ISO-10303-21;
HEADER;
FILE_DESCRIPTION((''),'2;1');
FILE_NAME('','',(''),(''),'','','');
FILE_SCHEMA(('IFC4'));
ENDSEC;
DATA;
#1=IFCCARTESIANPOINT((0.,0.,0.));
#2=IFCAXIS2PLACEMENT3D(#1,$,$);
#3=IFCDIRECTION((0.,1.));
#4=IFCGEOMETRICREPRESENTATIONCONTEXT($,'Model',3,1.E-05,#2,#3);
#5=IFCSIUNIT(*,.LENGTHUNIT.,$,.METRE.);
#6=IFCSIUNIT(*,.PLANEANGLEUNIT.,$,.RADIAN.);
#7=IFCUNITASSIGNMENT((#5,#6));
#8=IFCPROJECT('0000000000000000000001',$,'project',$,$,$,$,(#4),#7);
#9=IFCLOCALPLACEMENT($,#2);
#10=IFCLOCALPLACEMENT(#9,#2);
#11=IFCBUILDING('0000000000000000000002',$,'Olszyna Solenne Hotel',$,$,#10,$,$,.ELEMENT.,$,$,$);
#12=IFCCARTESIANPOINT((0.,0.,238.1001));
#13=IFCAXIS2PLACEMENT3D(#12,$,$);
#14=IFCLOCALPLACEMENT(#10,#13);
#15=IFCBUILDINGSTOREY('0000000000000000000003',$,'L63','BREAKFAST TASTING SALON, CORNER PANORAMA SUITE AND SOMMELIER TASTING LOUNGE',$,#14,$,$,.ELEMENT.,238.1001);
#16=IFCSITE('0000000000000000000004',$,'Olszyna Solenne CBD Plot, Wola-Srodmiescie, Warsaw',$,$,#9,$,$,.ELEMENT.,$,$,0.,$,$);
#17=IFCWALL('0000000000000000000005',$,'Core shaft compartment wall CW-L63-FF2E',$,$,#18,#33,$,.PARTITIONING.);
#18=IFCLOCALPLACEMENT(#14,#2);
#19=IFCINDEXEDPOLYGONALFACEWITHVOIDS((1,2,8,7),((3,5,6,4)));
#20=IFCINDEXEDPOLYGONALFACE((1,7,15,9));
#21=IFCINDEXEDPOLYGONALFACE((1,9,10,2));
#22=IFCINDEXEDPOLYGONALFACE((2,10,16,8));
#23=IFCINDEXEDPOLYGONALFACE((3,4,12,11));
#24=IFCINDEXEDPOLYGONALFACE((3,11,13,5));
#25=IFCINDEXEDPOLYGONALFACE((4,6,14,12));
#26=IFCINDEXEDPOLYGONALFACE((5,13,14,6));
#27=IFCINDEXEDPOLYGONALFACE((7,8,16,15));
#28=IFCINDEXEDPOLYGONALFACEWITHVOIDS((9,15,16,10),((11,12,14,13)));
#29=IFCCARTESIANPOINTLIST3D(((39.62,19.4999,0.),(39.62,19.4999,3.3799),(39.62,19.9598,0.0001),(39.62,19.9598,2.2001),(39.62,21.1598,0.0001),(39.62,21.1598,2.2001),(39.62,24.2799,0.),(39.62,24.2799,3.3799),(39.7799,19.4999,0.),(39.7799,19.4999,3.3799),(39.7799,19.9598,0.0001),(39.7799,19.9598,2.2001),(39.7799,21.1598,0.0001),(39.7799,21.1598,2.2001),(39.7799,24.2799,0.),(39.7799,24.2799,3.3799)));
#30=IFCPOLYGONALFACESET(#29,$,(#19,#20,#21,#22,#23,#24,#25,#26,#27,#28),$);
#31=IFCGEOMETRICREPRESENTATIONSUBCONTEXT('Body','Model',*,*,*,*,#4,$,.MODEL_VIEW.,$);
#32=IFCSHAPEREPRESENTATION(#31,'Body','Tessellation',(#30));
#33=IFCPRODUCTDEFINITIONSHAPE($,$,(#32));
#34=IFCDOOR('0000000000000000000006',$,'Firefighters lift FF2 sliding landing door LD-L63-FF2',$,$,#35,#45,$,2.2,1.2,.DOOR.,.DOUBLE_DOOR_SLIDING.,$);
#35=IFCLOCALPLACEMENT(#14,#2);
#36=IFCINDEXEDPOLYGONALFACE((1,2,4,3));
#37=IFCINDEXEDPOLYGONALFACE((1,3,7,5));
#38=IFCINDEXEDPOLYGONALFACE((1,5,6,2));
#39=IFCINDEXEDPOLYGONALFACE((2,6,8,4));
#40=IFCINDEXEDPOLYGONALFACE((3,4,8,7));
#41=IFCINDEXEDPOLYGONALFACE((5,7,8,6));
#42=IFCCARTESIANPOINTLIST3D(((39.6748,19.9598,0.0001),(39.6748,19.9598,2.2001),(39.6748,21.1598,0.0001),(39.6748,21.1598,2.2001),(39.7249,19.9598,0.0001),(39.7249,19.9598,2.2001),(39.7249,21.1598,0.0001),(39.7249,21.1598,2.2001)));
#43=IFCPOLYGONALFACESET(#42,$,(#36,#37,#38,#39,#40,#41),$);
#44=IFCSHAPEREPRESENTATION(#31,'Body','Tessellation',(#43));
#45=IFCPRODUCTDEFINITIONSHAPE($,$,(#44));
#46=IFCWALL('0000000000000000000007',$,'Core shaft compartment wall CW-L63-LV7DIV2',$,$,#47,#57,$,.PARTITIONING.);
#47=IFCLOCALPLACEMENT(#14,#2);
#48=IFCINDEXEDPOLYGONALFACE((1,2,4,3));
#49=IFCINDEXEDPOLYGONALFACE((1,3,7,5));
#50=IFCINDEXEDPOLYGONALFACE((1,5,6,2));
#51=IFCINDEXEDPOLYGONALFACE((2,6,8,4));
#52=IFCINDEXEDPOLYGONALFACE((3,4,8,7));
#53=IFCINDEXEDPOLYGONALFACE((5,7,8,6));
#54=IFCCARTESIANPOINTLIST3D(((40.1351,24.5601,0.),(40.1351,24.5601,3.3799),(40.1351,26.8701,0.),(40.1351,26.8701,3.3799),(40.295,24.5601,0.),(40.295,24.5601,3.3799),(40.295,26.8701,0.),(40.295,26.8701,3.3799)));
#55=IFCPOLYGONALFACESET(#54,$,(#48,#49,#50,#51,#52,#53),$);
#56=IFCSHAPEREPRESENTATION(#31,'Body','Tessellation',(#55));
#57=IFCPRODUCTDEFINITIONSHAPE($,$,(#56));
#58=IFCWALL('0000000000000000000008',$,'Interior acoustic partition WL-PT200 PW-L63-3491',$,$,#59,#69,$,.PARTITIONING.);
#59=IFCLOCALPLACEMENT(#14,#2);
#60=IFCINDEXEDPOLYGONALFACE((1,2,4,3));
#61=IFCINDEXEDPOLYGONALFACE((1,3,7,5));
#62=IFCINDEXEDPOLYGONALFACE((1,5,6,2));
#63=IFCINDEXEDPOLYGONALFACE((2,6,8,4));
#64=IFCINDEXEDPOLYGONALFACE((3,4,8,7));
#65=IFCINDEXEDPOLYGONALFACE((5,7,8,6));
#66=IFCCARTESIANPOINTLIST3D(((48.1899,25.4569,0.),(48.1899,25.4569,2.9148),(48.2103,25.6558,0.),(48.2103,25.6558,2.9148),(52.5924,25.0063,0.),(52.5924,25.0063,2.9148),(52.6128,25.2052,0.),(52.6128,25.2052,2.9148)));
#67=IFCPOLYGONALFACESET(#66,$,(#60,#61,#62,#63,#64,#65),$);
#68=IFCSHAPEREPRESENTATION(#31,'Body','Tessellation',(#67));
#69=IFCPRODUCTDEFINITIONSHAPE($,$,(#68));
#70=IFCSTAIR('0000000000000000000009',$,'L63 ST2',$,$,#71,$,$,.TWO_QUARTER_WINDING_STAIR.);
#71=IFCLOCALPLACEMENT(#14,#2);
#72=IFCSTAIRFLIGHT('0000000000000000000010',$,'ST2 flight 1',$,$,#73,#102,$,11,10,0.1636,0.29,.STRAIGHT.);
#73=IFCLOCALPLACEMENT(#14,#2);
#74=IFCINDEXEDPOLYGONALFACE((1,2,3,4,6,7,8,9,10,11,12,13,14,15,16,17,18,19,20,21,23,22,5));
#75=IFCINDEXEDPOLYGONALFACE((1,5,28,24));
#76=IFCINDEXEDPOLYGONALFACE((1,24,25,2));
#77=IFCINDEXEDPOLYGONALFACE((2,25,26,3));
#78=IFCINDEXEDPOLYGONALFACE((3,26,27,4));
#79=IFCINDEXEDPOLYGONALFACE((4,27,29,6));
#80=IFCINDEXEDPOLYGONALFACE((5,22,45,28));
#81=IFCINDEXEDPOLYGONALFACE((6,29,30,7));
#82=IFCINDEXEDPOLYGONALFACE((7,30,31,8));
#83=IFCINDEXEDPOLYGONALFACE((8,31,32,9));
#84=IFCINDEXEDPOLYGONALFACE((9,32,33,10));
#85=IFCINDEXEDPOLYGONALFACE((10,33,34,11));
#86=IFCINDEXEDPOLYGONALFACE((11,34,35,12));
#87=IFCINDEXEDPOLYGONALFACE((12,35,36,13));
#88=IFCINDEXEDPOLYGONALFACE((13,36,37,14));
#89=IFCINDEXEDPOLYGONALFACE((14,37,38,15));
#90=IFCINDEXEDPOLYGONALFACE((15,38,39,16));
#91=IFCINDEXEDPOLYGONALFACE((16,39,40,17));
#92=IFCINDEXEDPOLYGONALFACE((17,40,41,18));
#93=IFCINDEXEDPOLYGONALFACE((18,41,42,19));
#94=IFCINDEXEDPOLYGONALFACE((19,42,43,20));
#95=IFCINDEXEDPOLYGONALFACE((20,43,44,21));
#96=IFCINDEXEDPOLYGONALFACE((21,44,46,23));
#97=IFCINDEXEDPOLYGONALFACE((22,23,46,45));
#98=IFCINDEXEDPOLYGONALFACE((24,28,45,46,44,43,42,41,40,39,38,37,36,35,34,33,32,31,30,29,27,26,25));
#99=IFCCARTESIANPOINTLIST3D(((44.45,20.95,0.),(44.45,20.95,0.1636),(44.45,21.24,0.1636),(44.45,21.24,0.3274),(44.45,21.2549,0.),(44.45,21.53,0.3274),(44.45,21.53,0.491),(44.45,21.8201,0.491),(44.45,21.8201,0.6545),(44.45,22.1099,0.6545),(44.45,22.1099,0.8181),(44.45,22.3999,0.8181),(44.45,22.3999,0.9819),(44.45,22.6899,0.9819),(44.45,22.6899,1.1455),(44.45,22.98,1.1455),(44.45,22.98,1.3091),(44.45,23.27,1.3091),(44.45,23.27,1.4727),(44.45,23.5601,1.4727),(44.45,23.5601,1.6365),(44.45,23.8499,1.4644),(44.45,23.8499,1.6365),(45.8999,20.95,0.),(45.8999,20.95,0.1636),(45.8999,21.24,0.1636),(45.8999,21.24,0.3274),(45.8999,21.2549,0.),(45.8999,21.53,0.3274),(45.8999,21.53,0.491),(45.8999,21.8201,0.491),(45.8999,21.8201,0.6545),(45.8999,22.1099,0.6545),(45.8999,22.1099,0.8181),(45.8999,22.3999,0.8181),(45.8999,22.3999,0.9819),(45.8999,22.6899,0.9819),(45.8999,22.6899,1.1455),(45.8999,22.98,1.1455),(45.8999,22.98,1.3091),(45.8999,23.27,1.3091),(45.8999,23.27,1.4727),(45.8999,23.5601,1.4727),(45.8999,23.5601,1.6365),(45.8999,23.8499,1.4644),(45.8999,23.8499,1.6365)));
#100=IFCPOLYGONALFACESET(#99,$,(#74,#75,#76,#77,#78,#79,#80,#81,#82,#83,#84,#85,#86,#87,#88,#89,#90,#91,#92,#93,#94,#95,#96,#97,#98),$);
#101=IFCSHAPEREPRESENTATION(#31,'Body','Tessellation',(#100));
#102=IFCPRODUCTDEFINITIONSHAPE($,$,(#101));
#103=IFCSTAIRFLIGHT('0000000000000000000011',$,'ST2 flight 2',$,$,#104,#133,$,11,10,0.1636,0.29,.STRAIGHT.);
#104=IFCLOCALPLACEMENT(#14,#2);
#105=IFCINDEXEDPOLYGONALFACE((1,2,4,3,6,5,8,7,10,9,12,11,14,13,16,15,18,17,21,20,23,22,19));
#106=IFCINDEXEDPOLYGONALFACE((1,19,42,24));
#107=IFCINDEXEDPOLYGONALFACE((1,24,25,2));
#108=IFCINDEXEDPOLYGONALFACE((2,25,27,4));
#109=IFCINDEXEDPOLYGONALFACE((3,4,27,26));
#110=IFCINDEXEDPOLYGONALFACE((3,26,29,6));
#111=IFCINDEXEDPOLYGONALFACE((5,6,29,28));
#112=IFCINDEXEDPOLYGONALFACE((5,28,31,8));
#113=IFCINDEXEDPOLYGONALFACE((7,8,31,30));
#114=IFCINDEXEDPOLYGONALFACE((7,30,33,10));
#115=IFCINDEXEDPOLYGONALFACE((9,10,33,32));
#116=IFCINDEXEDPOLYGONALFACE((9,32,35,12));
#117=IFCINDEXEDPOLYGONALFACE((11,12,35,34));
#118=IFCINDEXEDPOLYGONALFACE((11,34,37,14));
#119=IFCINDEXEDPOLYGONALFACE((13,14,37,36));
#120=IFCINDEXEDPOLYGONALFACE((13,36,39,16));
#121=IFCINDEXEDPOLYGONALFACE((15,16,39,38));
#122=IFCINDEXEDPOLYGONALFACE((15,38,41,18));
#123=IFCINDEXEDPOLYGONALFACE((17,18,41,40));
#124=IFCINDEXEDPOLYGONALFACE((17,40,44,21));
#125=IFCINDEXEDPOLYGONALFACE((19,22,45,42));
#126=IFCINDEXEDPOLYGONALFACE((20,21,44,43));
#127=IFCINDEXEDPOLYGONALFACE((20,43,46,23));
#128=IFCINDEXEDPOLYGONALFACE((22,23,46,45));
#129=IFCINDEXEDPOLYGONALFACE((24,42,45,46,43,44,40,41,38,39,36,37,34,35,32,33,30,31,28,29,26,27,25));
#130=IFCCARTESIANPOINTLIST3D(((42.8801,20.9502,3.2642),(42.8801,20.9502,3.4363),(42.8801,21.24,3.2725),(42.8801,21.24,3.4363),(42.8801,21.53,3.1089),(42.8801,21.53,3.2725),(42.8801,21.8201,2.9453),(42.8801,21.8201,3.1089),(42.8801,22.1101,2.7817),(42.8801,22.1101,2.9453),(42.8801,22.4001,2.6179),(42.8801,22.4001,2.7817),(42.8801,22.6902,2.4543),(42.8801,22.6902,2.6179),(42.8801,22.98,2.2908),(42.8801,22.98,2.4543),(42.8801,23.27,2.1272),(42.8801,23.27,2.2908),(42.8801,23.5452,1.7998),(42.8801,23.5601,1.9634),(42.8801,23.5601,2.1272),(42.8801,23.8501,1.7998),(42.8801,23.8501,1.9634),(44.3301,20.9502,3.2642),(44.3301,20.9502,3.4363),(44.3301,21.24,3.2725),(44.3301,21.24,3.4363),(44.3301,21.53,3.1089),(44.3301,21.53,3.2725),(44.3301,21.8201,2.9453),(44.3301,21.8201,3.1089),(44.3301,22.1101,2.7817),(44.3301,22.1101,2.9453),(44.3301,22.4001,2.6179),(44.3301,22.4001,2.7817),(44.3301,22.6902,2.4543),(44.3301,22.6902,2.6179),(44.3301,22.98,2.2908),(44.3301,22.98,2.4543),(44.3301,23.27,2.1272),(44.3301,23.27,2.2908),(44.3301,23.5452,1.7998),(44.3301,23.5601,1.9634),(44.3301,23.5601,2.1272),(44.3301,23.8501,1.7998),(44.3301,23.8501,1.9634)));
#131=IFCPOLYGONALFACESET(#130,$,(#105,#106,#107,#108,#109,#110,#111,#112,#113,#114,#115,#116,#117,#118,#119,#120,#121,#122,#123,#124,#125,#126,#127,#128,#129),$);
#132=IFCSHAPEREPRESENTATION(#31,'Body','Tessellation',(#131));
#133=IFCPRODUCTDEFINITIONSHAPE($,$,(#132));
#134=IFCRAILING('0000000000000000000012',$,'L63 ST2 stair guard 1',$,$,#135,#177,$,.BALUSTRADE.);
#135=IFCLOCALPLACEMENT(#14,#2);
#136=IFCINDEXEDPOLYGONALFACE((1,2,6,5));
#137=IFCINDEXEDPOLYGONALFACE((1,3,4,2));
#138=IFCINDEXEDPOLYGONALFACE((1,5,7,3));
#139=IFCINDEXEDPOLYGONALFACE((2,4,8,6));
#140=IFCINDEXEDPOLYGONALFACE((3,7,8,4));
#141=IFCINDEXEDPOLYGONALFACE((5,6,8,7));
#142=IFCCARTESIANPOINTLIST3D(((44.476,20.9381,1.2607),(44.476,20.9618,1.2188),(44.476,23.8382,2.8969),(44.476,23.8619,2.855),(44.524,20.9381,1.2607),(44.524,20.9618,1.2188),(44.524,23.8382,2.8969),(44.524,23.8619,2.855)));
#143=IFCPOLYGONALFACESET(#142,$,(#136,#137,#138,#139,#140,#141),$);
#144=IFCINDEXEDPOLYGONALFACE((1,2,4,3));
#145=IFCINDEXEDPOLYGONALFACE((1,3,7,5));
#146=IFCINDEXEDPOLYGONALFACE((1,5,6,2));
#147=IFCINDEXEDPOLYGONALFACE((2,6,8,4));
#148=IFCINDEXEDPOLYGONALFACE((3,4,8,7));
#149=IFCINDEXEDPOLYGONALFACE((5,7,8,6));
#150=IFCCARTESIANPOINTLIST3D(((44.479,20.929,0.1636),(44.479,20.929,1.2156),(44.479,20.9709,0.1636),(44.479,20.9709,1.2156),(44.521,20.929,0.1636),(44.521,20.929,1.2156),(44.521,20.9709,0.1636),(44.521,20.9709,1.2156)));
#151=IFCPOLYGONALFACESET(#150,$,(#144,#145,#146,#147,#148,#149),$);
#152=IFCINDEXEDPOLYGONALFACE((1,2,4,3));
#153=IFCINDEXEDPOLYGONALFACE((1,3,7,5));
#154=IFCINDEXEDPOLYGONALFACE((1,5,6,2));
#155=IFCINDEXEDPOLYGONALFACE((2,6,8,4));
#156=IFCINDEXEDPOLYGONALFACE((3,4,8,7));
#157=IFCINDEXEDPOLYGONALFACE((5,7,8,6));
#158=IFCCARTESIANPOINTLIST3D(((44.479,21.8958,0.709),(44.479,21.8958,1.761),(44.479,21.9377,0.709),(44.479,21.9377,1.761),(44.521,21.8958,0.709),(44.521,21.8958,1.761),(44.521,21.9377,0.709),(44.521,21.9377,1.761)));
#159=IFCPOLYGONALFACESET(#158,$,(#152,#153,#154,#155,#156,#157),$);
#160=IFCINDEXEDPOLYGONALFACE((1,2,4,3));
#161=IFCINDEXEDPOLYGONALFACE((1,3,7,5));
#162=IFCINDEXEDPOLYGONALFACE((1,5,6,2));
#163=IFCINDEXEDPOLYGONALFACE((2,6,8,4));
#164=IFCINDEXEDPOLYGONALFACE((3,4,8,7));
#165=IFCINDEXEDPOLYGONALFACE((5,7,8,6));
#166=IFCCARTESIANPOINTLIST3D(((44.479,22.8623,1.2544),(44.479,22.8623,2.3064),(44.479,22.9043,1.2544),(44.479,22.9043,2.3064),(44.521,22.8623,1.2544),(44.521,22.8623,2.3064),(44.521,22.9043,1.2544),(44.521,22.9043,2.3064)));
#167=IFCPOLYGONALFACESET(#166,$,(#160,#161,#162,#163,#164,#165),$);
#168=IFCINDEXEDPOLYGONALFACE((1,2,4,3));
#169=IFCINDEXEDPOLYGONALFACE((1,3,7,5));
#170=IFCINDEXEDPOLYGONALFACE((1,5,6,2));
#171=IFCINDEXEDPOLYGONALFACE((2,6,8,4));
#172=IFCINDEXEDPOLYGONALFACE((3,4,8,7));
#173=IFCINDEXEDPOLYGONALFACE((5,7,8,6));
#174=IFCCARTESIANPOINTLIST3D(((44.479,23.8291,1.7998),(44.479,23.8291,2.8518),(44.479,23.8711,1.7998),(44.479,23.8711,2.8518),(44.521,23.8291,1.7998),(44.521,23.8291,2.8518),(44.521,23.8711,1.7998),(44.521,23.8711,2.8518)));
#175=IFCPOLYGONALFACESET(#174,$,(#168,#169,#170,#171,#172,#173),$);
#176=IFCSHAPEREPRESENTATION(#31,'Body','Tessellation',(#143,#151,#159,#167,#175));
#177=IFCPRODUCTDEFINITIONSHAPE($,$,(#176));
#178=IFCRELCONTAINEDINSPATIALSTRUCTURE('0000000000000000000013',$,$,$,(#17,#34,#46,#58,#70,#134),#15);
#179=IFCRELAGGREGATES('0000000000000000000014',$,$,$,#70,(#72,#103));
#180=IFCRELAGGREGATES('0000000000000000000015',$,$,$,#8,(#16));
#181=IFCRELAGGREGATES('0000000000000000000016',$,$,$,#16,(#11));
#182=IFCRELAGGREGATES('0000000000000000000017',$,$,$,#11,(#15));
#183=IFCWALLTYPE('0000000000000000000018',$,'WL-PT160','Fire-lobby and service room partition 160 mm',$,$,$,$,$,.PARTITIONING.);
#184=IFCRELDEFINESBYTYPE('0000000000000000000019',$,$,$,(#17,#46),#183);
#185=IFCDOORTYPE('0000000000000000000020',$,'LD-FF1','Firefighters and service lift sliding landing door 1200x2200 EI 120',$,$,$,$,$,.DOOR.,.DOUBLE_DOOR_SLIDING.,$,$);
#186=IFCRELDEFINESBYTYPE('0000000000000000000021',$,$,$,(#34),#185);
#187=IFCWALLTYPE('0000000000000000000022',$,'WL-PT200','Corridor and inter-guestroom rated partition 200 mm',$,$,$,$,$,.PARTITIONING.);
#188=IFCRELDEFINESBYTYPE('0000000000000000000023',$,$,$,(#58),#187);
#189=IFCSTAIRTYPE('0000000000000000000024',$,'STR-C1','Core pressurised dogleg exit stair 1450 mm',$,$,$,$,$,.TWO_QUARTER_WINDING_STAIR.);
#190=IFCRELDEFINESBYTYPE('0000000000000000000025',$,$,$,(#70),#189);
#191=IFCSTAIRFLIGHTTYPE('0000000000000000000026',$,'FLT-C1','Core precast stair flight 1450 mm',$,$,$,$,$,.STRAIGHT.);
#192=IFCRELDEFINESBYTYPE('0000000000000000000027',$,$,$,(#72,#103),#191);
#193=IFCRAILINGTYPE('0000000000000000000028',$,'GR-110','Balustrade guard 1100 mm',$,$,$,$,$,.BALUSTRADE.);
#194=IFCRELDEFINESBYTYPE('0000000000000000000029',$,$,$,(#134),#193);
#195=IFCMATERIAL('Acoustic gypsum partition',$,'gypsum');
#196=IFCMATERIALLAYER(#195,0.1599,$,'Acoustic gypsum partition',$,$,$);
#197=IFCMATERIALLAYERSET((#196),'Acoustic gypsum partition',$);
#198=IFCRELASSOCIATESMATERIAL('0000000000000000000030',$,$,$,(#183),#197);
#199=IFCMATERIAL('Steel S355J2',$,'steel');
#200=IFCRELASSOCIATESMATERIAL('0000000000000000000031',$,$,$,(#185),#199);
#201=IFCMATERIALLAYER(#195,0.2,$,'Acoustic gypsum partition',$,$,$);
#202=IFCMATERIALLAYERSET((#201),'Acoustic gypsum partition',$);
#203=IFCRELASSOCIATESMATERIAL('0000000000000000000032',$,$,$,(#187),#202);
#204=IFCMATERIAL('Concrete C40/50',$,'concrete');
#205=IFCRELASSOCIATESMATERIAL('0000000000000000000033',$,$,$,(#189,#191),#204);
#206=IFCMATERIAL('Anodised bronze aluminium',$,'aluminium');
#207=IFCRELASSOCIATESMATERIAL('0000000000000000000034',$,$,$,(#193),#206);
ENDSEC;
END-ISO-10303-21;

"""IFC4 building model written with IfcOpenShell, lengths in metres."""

from ifc_helpers import new_model, si_unit, direction, frame, frame_2d, origin, origin_2d, place, context, subcontext, project, spatial, polyline, rectangle, outline, extrude, source, transform, mapped, material, layer, layer_set, type_object, type_shapes, element, fill, aggregate, save


model = new_model("IFC4")

# Units and contexts
model_context = context("Model", 3, precision=1e-05, world=origin(), true_north=direction((0.0, 1.0)))
body_context = subcontext(model_context, "Body", "Model", "MODEL_VIEW")
ifc_project = project(units=[si_unit("LENGTHUNIT", "METRE"), si_unit("PLANEANGLEUNIT", "RADIAN")], contexts=[model_context])

# Site, building, storey
site_placement = place(None, origin())
site = spatial("IfcSite", under=ifc_project, at=site_placement, Name="Olszyna Solenne CBD Plot, Wola-Srodmiescie, Warsaw", CompositionType="ELEMENT", RefElevation=0.0)
building_placement = place(site_placement, origin())
building = spatial("IfcBuilding", under=site, at=building_placement, Name="Olszyna Solenne Hotel", CompositionType="ELEMENT")
storey_placement = place(building_placement, frame((0.0, 0.0, 238.1001)))
storey = spatial("IfcBuildingStorey", under=building, at=storey_placement, Name="L63", Description="BREAKFAST TASTING SALON, CORNER PANORAMA SUITE AND SOMMELIER TASTING LOUNGE", CompositionType="ELEMENT", Elevation=238.1001)

# Shared definitions
ifc_material_1 = material(Name="Steel S355J2", Category="steel")

# Shared definitions
ifc_material_2 = material(Name="Anodised bronze aluminium", Category="aluminium")

# Shared definitions
ifc_material_3 = material(Name="Acoustic gypsum partition", Category="gypsum")

# Shared definitions
ifc_layer_1 = layer(ifc_material_3, 0.1599, Name="Acoustic gypsum partition")
ifc_layer_set_1 = layer_set([ifc_layer_1], Name="Acoustic gypsum partition")
wall_type_1 = type_object("IfcWallType", Name="WL-PT160", Description="Fire-lobby and service room partition 160 mm", PredefinedType="PARTITIONING", material=ifc_layer_set_1)

# Wall, opening, door
wall_1_placement = place(storey_placement, frame((39.7, 24.28, 0.0), z_axis=(0.0, 0.0, 1.0), x_axis=(0.0, -1.0, 0.0)))
wall_1 = element("IfcWall", 1, at=wall_1_placement, inside=storey, type_object=wall_type_1, Name="Core shaft compartment wall CW-L63-FF2E", PredefinedType="PARTITIONING", context=body_context, shape_type="SweptSolid", body=[
    extrude(rectangle(XDim=4.78, YDim=0.1599, at=frame_2d((2.3901, 0.0))), origin(), (0.0, 0.0, 1.0), 3.3799),
])
opening_1_placement = place(wall_1_placement, frame((3.1201, 0.0, 0.0)))
opening_1 = element("IfcOpeningElement", 2, at=opening_1_placement, cuts=wall_1, PredefinedType="OPENING", context=body_context, shape_type="SweptSolid", body=[
    extrude(rectangle(XDim=1.2, YDim=2.2, at=frame_2d((0.6001, 1.1001))), frame((0.0, 0.0898, 0.0), z_axis=(0.0, -1.0, 0.0), x_axis=(1.0, 0.0, 0.0)), (0.0, 0.0, 1.0), 0.1799),
])
door_type_1 = type_object("IfcDoorType", Name="LD-FF1", Description="Firefighters and service lift sliding landing door 1200x2200 EI 120", OperationType="DOUBLE_DOOR_SLIDING", PredefinedType="DOOR", material=ifc_material_1)
shared_shape_1 = source(origin(), body_context, "Body", "SweptSolid", [
    extrude(rectangle(XDim=1.2, YDim=2.2, at=frame_2d((0.6001, 1.1001))), frame((0.0, 0.0249, 0.0), z_axis=(0.0, -1.0, 0.0), x_axis=(1.0, 0.0, 0.0)), (0.0, 0.0, 1.0), 0.05),
])
type_shapes(door_type_1, [shared_shape_1])
door_1_placement = place(opening_1_placement, origin())
door_1 = element("IfcDoor", 3, at=door_1_placement, inside=storey, type_object=door_type_1, Name="Firefighters lift FF2 sliding landing door LD-L63-FF2", OperationType="DOUBLE_DOOR_SLIDING", OverallHeight=2.2, OverallWidth=1.2, PredefinedType="DOOR", context=body_context, shape_type="MappedRepresentation", body=[
    mapped(shared_shape_1, transform((0.0, 0.0, 0.0), x_axis=(1.0, 0.0, 0.0), y_axis=(0.0, 1.0, 0.0), z_axis=(0.0, 0.0, 1.0), scale=1.0)),
])
fill(opening_1, door_1)

# Walls
wall_2_placement = place(storey_placement, frame((40.2151, 24.5601, 0.0), z_axis=(0.0, 0.0, 1.0), x_axis=(0.0, 1.0, 0.0)))
element("IfcWall", 4, at=wall_2_placement, inside=storey, type_object=wall_type_1, Name="Core shaft compartment wall CW-L63-LV7DIV2", PredefinedType="PARTITIONING", context=body_context, shape_type="SweptSolid", body=[
    extrude(rectangle(XDim=2.3101, YDim=0.1599, at=frame_2d((1.155, 0.0))), origin(), (0.0, 0.0, 1.0), 3.3799),
])
ifc_layer_2 = layer(ifc_material_3, 0.2, Name="Acoustic gypsum partition")
ifc_layer_set_2 = layer_set([ifc_layer_2], Name="Acoustic gypsum partition")
wall_type_2 = type_object("IfcWallType", Name="WL-PT200", Description="Corridor and inter-guestroom rated partition 200 mm", PredefinedType="PARTITIONING", material=ifc_layer_set_2)
wall_3_placement = place(storey_placement, frame((48.2, 25.5564, 0.0), z_axis=(0.0, 0.0, 1.0), x_axis=(0.994801, -0.101836, 0.0)))
element("IfcWall", 5, at=wall_3_placement, inside=storey, type_object=wall_type_2, Name="Interior acoustic partition WL-PT200 PW-L63-3491", PredefinedType="PARTITIONING", context=body_context, shape_type="SweptSolid", body=[
    extrude(rectangle(XDim=4.4255, YDim=0.2, at=frame_2d((2.2129, 0.0))), origin(), (0.0, 0.0, 1.0), 2.9148),
])

# Stair, stair flights
ifc_material_4 = material(Name="Concrete C40/50", Category="concrete")
stair_type = type_object("IfcStairType", Name="STR-C1", Description="Core pressurised dogleg exit stair 1450 mm", PredefinedType="TWO_QUARTER_WINDING_STAIR", material=ifc_material_4)
stair_placement = place(storey_placement, origin())
stair = element("IfcStair", 6, at=stair_placement, inside=storey, type_object=stair_type, Name="L63 ST2", PredefinedType="TWO_QUARTER_WINDING_STAIR")
stair_flight_type = type_object("IfcStairFlightType", Name="FLT-C1", Description="Core precast stair flight 1450 mm", PredefinedType="STRAIGHT", material=ifc_material_4)
stair_flight_1_placement = place(storey_placement, frame((45.175, 20.95, 0.0), z_axis=(0.0, 0.0, 1.0), x_axis=(0.0, 1.0, 0.0)))
stair_flight_1 = element("IfcStairFlight", 7, at=stair_flight_1_placement, type_object=stair_flight_type, Name="ST2 flight 1", NumberOfRisers=11, NumberOfTreads=10, PredefinedType="STRAIGHT", RiserHeight=0.1636, TreadLength=0.29, context=body_context, shape_type="SweptSolid", body=[
    extrude(outline(polyline([(0.0, 0.0), (0.0, 0.1636), (0.29, 0.1636), (0.29, 0.3274), (0.5801, 0.3274), (0.5801, 0.491), (0.8701, 0.491), (0.8701, 0.6545), (1.1599, 0.6545), (1.1599, 0.8181), (1.45, 0.8181), (1.45, 0.9819), (1.74, 0.9819), (1.74, 1.1455), (2.03, 1.1455), (2.03, 1.3091), (2.3201, 1.3091), (2.3201, 1.4727), (2.6101, 1.4727), (2.6101, 1.6365), (2.8999, 1.6365), (2.8999, 1.8), (2.8999, 1.4644), (0.3049, 0.0), (0.0, 0.0)])), frame((0.0, 0.7251, 0.0), z_axis=(0.0, -1.0, 0.0), x_axis=(1.0, 0.0, 0.0)), (0.0, 0.0, 1.0), 1.45),
])
stair_flight_2_placement = place(storey_placement, frame((43.605, 23.8501, 1.7998), z_axis=(0.0, 0.0, 1.0), x_axis=(0.0, -1.0, 0.0)))
stair_flight_2 = element("IfcStairFlight", 8, at=stair_flight_2_placement, type_object=stair_flight_type, Name="ST2 flight 2", NumberOfRisers=11, NumberOfTreads=10, PredefinedType="STRAIGHT", RiserHeight=0.1636, TreadLength=0.29, context=body_context, shape_type="SweptSolid", body=[
    extrude(outline(polyline([(0.0, 0.0), (0.0, 0.1636), (0.29, 0.1636), (0.29, 0.3274), (0.5801, 0.3274), (0.5801, 0.491), (0.8701, 0.491), (0.8701, 0.6545), (1.1599, 0.6545), (1.1599, 0.8181), (1.45, 0.8181), (1.45, 0.9819), (1.74, 0.9819), (1.74, 1.1455), (2.03, 1.1455), (2.03, 1.3091), (2.3201, 1.3091), (2.3201, 1.4727), (2.6101, 1.4727), (2.6101, 1.6365), (2.8999, 1.6365), (2.8999, 1.8), (2.8999, 1.4644), (0.3049, 0.0), (0.0, 0.0)])), frame((0.0, 0.7251, 0.0), z_axis=(0.0, -1.0, 0.0), x_axis=(1.0, 0.0, 0.0)), (0.0, 0.0, 1.0), 1.45),
])
aggregate(stair, [stair_flight_1, stair_flight_2])

# Railing
railing_type_1 = type_object("IfcRailingType", Name="GR-110", Description="Balustrade guard 1100 mm", PredefinedType="BALUSTRADE", material=ifc_material_2)
railing_1_placement = place(storey_placement, frame((44.5, 20.95, 0.1636)))
element("IfcRailing", 9, at=railing_1_placement, inside=storey, type_object=railing_type_1, Name="L63 ST2 stair guard 1", PredefinedType="BALUSTRADE", context=body_context, shape_type="SweptSolid", body=[
    extrude(rectangle(XDim=0.0481, YDim=0.0481, at=origin_2d()), frame((0.0, 0.0, 1.0762), z_axis=(0.0, 0.870946, 0.491378), x_axis=(-1.0, 0.0, 0.0)), (0.0, 0.0, 1.0), 3.3298),
    extrude(rectangle(XDim=0.042, YDim=0.042, at=origin_2d()), origin(), (0.0, 0.0, 1.0), 1.052),
    extrude(rectangle(XDim=0.042, YDim=0.042, at=origin_2d()), frame((0.0, 0.9668, 0.5454)), (0.0, 0.0, 1.0), 1.052),
    extrude(rectangle(XDim=0.042, YDim=0.042, at=origin_2d()), frame((0.0, 1.9333, 1.0908)), (0.0, 0.0, 1.0), 1.052),
    extrude(rectangle(XDim=0.042, YDim=0.042, at=origin_2d()), frame((0.0, 2.9001, 1.6362)), (0.0, 0.0, 1.0), 1.052),
])

save(model, "model.ifc")
